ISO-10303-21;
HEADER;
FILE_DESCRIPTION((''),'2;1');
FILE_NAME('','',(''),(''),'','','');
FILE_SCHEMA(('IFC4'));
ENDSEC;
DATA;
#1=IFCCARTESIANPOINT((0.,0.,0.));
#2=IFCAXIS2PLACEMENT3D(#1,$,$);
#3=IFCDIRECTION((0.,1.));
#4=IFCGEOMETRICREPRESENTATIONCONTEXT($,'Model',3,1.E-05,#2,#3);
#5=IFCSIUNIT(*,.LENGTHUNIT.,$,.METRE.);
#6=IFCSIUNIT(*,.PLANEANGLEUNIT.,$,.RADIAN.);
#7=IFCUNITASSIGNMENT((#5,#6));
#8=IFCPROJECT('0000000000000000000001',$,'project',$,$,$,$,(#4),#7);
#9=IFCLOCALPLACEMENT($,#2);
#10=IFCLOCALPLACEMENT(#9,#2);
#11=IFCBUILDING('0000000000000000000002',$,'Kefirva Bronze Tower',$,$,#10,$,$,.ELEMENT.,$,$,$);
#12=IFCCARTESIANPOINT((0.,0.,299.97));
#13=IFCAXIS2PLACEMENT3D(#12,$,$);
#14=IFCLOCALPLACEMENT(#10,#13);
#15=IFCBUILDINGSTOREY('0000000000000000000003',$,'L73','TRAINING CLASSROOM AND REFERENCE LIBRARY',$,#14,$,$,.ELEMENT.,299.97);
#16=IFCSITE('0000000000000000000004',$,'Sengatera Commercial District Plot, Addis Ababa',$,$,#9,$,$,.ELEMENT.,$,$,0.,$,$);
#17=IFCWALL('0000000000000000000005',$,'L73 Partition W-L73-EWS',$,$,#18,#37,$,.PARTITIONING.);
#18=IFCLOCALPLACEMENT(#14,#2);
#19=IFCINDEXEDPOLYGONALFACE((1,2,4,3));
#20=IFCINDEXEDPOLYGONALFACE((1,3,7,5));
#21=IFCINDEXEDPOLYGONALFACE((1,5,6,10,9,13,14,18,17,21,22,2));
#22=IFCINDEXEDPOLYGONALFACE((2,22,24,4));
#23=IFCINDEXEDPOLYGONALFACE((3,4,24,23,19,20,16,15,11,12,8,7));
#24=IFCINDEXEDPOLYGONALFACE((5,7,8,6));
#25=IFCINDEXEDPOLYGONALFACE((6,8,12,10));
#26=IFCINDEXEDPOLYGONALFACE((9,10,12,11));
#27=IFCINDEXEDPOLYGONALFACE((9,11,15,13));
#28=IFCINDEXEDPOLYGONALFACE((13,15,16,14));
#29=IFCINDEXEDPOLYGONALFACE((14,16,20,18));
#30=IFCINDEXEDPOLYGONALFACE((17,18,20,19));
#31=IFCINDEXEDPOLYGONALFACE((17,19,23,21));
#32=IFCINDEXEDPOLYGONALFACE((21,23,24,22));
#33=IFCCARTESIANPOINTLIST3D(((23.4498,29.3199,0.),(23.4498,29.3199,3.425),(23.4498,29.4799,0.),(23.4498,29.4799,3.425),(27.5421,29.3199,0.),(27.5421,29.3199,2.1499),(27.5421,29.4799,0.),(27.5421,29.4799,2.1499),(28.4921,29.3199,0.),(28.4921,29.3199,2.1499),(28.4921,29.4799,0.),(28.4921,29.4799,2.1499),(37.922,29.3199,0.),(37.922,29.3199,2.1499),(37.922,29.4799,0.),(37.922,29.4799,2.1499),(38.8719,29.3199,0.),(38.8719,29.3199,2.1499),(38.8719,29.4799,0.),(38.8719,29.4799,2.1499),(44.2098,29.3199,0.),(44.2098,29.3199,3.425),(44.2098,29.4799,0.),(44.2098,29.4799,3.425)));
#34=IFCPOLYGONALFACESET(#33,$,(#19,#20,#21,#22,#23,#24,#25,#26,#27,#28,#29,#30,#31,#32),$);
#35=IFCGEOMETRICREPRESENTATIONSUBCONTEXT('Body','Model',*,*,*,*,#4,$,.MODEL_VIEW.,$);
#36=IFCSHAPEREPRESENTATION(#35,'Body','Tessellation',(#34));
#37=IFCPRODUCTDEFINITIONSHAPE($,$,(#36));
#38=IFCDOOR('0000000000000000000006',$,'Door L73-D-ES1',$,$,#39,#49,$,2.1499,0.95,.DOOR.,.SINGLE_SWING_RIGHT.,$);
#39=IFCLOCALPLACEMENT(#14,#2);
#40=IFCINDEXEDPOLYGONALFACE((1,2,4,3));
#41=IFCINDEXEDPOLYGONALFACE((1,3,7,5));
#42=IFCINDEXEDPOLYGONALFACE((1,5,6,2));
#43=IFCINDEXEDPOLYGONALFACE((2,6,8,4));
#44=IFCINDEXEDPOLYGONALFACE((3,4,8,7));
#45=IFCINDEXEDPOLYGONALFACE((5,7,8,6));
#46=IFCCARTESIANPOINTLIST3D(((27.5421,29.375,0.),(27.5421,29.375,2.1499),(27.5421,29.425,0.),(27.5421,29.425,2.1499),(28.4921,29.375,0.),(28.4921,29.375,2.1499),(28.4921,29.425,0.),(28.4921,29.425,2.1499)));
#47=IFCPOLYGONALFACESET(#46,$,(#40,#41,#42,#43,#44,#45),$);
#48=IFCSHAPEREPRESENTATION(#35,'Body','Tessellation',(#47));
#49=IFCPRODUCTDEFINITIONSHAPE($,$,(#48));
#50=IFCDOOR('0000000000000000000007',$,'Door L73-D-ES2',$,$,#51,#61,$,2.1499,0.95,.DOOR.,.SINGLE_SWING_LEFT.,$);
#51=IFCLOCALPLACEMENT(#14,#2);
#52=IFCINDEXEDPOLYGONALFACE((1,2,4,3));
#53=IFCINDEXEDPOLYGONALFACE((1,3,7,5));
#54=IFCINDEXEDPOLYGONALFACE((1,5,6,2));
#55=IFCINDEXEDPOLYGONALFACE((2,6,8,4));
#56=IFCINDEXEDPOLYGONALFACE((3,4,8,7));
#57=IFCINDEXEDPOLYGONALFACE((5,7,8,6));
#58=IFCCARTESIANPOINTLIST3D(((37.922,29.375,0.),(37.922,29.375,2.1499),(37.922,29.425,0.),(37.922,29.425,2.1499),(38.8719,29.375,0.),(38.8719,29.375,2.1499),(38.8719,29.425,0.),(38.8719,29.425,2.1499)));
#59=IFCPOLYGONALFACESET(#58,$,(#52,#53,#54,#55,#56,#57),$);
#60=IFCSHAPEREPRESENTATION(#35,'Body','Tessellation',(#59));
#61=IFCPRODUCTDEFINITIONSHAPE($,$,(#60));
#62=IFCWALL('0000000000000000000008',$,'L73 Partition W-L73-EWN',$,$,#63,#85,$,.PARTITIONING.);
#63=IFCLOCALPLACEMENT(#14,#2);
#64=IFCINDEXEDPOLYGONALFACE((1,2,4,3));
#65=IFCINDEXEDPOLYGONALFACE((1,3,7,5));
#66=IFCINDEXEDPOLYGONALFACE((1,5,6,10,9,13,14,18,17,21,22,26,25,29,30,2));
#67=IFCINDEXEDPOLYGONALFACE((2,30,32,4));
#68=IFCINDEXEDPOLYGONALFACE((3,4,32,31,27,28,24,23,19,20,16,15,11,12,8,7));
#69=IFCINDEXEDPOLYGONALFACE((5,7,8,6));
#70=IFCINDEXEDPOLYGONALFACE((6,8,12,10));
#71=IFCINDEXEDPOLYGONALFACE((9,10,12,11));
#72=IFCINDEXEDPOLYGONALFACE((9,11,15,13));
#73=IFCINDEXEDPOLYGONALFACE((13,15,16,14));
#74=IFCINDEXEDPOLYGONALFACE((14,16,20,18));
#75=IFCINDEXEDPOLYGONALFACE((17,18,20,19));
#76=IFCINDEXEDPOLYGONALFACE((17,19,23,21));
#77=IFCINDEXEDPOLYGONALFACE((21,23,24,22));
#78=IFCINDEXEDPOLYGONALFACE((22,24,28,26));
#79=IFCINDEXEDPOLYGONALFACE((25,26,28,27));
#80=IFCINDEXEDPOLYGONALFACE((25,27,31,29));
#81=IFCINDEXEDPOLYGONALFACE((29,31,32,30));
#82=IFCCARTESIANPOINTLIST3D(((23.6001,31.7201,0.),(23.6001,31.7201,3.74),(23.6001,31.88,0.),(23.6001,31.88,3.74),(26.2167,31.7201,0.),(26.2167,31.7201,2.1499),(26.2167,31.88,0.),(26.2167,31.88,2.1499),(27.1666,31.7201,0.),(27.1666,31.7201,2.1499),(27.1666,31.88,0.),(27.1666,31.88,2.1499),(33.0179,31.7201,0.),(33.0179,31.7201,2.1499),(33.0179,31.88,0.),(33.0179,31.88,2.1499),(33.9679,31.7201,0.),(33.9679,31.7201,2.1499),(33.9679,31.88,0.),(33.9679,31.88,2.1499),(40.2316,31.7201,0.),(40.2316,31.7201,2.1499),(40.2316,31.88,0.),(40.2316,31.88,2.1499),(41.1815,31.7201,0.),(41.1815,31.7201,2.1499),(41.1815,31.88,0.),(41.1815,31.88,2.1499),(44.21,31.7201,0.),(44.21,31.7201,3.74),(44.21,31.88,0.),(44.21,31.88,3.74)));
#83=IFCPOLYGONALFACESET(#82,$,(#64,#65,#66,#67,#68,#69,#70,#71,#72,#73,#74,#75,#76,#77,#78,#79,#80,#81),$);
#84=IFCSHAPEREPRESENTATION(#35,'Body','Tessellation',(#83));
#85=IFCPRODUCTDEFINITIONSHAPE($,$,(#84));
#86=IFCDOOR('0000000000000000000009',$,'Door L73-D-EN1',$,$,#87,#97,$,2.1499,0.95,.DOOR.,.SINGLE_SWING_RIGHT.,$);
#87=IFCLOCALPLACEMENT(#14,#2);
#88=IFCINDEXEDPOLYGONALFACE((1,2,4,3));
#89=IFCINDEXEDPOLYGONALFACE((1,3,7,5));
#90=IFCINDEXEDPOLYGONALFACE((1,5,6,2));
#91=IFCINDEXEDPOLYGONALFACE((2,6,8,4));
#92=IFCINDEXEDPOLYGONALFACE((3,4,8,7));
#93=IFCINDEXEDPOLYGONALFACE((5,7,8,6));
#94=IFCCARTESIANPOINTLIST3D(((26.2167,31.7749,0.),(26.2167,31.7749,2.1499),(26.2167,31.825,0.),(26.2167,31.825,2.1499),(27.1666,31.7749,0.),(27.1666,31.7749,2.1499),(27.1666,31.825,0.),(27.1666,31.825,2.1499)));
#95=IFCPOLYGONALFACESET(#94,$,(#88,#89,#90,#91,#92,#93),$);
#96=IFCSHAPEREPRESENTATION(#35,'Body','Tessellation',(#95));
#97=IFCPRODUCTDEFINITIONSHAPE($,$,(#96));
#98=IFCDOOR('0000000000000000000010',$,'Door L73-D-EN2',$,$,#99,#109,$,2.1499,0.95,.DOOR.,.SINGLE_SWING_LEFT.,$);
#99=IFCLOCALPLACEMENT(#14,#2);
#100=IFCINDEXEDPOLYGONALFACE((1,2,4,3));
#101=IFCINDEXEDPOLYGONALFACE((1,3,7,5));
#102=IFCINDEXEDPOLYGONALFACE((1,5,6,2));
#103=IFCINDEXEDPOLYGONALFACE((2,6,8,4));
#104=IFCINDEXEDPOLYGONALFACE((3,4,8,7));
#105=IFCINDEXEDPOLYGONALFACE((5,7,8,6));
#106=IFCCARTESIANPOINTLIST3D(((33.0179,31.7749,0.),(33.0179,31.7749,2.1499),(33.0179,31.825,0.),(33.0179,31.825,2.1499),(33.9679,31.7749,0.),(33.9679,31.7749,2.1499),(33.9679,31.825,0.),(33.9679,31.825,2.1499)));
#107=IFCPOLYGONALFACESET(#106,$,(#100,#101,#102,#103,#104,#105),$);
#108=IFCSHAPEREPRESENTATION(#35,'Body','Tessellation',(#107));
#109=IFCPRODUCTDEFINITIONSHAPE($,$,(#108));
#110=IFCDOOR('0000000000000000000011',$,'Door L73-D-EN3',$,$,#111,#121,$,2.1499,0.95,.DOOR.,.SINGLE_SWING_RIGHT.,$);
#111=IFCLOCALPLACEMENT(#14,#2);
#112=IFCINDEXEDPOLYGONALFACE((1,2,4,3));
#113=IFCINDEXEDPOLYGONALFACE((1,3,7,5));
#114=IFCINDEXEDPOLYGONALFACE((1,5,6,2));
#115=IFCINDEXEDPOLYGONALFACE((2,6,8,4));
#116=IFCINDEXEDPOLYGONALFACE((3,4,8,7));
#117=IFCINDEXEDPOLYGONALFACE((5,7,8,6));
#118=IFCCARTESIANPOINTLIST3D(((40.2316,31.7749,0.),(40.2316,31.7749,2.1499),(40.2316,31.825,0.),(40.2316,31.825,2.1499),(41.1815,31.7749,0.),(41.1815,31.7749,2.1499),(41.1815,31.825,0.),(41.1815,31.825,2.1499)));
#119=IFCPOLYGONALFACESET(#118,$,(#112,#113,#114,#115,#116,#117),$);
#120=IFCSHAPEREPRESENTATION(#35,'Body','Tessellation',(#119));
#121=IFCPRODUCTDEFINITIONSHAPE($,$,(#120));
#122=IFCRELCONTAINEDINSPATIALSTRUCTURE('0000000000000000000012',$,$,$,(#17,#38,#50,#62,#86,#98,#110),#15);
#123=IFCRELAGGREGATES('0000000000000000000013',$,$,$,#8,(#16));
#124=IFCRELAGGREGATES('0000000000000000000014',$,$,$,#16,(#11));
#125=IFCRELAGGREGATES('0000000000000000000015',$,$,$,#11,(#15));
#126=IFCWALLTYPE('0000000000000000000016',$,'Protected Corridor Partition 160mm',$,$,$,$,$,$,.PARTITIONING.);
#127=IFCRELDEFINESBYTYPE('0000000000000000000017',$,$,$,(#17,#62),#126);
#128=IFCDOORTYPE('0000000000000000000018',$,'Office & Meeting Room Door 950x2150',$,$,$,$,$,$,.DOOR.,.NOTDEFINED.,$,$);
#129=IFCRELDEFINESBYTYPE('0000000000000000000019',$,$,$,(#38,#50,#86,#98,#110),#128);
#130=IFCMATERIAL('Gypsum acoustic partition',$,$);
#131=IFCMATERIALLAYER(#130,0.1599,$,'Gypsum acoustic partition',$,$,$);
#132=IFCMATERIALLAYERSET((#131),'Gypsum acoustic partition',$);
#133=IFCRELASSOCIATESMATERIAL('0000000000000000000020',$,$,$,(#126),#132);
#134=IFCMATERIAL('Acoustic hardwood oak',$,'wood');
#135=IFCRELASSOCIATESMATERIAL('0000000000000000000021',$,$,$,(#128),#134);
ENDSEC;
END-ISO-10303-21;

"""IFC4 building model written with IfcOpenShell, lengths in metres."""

from ifc_helpers import new_model, si_unit, direction, frame, frame_2d, origin, place, context, subcontext, project, spatial, rectangle, extrude, material, layer, layer_set, type_object, element, fill, save


model = new_model("IFC4")

# Units and contexts
model_context = context("Model", 3, precision=1e-05, world=origin(), true_north=direction((0.0, 1.0)))
body_context = subcontext(model_context, "Body", "Model", "MODEL_VIEW")
ifc_project = project(units=[si_unit("LENGTHUNIT", "METRE"), si_unit("PLANEANGLEUNIT", "RADIAN")], contexts=[model_context])

# Site, building, storey
site_placement = place(None, origin())
site = spatial("IfcSite", under=ifc_project, at=site_placement, Name="Sengatera Commercial District Plot, Addis Ababa", CompositionType="ELEMENT", RefElevation=0.0)
building_placement = place(site_placement, origin())
building = spatial("IfcBuilding", under=site, at=building_placement, Name="Kefirva Bronze Tower", CompositionType="ELEMENT")
storey_placement = place(building_placement, frame((0.0, 0.0, 299.97)))
storey = spatial("IfcBuildingStorey", under=building, at=storey_placement, Name="L73", Description="TRAINING CLASSROOM AND REFERENCE LIBRARY", CompositionType="ELEMENT", Elevation=299.97)

# Shared definitions
ifc_material_1 = material(Name="Gypsum acoustic partition")

# Walls, openings, doors
ifc_layer_1 = layer(ifc_material_1, 0.1599, Name="Gypsum acoustic partition")
ifc_layer_set_1 = layer_set([ifc_layer_1], Name="Gypsum acoustic partition")
wall_type_1 = type_object("IfcWallType", Name="Protected Corridor Partition 160mm", PredefinedType="PARTITIONING", material=ifc_layer_set_1)
wall_1_placement = place(storey_placement, frame((23.45, 29.3999, 0.0), z_axis=(0.0, 0.0, 1.0), x_axis=(1.0, 0.0, 0.0)))
wall_1 = element("IfcWall", 1, at=wall_1_placement, inside=storey, type_object=wall_type_1, Name="L73 Partition W-L73-EWS", PredefinedType="PARTITIONING", context=body_context, shape_type="SweptSolid", body=[
    extrude(rectangle(XDim=20.76, YDim=0.1599, at=frame_2d((10.3799, 0.0))), origin(), (0.0, 0.0, 1.0), 3.425),
])
opening_1_placement = place(wall_1_placement, frame((5.0422, 0.0, 0.0), z_axis=(0.0, 0.0, 1.0), x_axis=(-1.0, 0.0, 0.0)))
opening_1 = element("IfcOpeningElement", 2, at=opening_1_placement, cuts=wall_1, PredefinedType="OPENING", context=body_context, shape_type="SweptSolid", body=[
    extrude(rectangle(XDim=0.95, YDim=2.1499, at=frame_2d((0.4751, 1.075))), frame((0.0, 0.0898, 0.0), z_axis=(0.0, -1.0, 0.0), x_axis=(1.0, 0.0, 0.0)), (0.0, 0.0, 1.0), 0.1799),
])
opening_2_placement = place(wall_1_placement, frame((15.4221, 0.0, 0.0), z_axis=(0.0, 0.0, 1.0), x_axis=(-1.0, 0.0, 0.0)))
opening_2 = element("IfcOpeningElement", 3, at=opening_2_placement, cuts=wall_1, PredefinedType="OPENING", context=body_context, shape_type="SweptSolid", body=[
    extrude(rectangle(XDim=0.95, YDim=2.1499, at=frame_2d((0.4751, 1.075))), frame((0.0, 0.0898, 0.0), z_axis=(0.0, -1.0, 0.0), x_axis=(1.0, 0.0, 0.0)), (0.0, 0.0, 1.0), 0.1799),
])
ifc_material_2 = material(Name="Acoustic hardwood oak", Category="wood")
door_type = type_object("IfcDoorType", Name="Office & Meeting Room Door 950x2150", OperationType="NOTDEFINED", PredefinedType="DOOR", material=ifc_material_2)
door_1_placement = place(opening_1_placement, origin())
door_1 = element("IfcDoor", 4, at=door_1_placement, inside=storey, type_object=door_type, Name="Door L73-D-ES1", OperationType="SINGLE_SWING_RIGHT", OverallHeight=2.1499, OverallWidth=0.95, PredefinedType="DOOR", context=body_context, shape_type="SweptSolid", body=[
    extrude(rectangle(XDim=0.95, YDim=2.1499, at=frame_2d((0.4751, 1.075))), frame((0.0, 0.0249, 0.0), z_axis=(0.0, -1.0, 0.0), x_axis=(1.0, 0.0, 0.0)), (0.0, 0.0, 1.0), 0.05),
])
fill(opening_1, door_1)
door_2_placement = place(opening_2_placement, origin())
door_2 = element("IfcDoor", 5, at=door_2_placement, inside=storey, type_object=door_type, Name="Door L73-D-ES2", OperationType="SINGLE_SWING_LEFT", OverallHeight=2.1499, OverallWidth=0.95, PredefinedType="DOOR", context=body_context, shape_type="SweptSolid", body=[
    extrude(rectangle(XDim=0.95, YDim=2.1499, at=frame_2d((0.4751, 1.075))), frame((0.0, 0.0249, 0.0), z_axis=(0.0, -1.0, 0.0), x_axis=(1.0, 0.0, 0.0)), (0.0, 0.0, 1.0), 0.05),
])
fill(opening_2, door_2)
wall_2_placement = place(storey_placement, frame((23.6001, 31.8, 0.0), z_axis=(0.0, 0.0, 1.0), x_axis=(1.0, 0.0, 0.0)))
wall_2 = element("IfcWall", 6, at=wall_2_placement, inside=storey, type_object=wall_type_1, Name="L73 Partition W-L73-EWN", PredefinedType="PARTITIONING", context=body_context, shape_type="SweptSolid", body=[
    extrude(rectangle(XDim=20.6099, YDim=0.1599, at=frame_2d((10.3049, 0.0))), origin(), (0.0, 0.0, 1.0), 3.74),
])
opening_3_placement = place(wall_2_placement, frame((2.6165, 0.0, 0.0)))
opening_3 = element("IfcOpeningElement", 7, at=opening_3_placement, cuts=wall_2, PredefinedType="OPENING", context=body_context, shape_type="SweptSolid", body=[
    extrude(rectangle(XDim=0.95, YDim=2.1499, at=frame_2d((0.4751, 1.075))), frame((0.0, 0.0898, 0.0), z_axis=(0.0, -1.0, 0.0), x_axis=(1.0, 0.0, 0.0)), (0.0, 0.0, 1.0), 0.1799),
])
opening_4_placement = place(wall_2_placement, frame((9.4177, 0.0, 0.0)))
opening_4 = element("IfcOpeningElement", 8, at=opening_4_placement, cuts=wall_2, PredefinedType="OPENING", context=body_context, shape_type="SweptSolid", body=[
    extrude(rectangle(XDim=0.95, YDim=2.1499, at=frame_2d((0.4751, 1.075))), frame((0.0, 0.0898, 0.0), z_axis=(0.0, -1.0, 0.0), x_axis=(1.0, 0.0, 0.0)), (0.0, 0.0, 1.0), 0.1799),
])
opening_5_placement = place(wall_2_placement, frame((16.6313, 0.0, 0.0)))
opening_5 = element("IfcOpeningElement", 9, at=opening_5_placement, cuts=wall_2, PredefinedType="OPENING", context=body_context, shape_type="SweptSolid", body=[
    extrude(rectangle(XDim=0.95, YDim=2.1499, at=frame_2d((0.4751, 1.075))), frame((0.0, 0.0898, 0.0), z_axis=(0.0, -1.0, 0.0), x_axis=(1.0, 0.0, 0.0)), (0.0, 0.0, 1.0), 0.1799),
])
door_3_placement = place(opening_3_placement, origin())
door_3 = element("IfcDoor", 10, at=door_3_placement, inside=storey, type_object=door_type, Name="Door L73-D-EN1", OperationType="SINGLE_SWING_RIGHT", OverallHeight=2.1499, OverallWidth=0.95, PredefinedType="DOOR", context=body_context, shape_type="SweptSolid", body=[
    extrude(rectangle(XDim=0.95, YDim=2.1499, at=frame_2d((0.4751, 1.075))), frame((0.0, 0.0249, 0.0), z_axis=(0.0, -1.0, 0.0), x_axis=(1.0, 0.0, 0.0)), (0.0, 0.0, 1.0), 0.05),
])
fill(opening_3, door_3)
door_4_placement = place(opening_4_placement, origin())
door_4 = element("IfcDoor", 11, at=door_4_placement, inside=storey, type_object=door_type, Name="Door L73-D-EN2", OperationType="SINGLE_SWING_LEFT", OverallHeight=2.1499, OverallWidth=0.95, PredefinedType="DOOR", context=body_context, shape_type="SweptSolid", body=[
    extrude(rectangle(XDim=0.95, YDim=2.1499, at=frame_2d((0.4751, 1.075))), frame((0.0, 0.0249, 0.0), z_axis=(0.0, -1.0, 0.0), x_axis=(1.0, 0.0, 0.0)), (0.0, 0.0, 1.0), 0.05),
])
fill(opening_4, door_4)
door_5_placement = place(opening_5_placement, origin())
door_5 = element("IfcDoor", 12, at=door_5_placement, inside=storey, type_object=door_type, Name="Door L73-D-EN3", OperationType="SINGLE_SWING_RIGHT", OverallHeight=2.1499, OverallWidth=0.95, PredefinedType="DOOR", context=body_context, shape_type="SweptSolid", body=[
    extrude(rectangle(XDim=0.95, YDim=2.1499, at=frame_2d((0.4751, 1.075))), frame((0.0, 0.0249, 0.0), z_axis=(0.0, -1.0, 0.0), x_axis=(1.0, 0.0, 0.0)), (0.0, 0.0, 1.0), 0.05),
])
fill(opening_5, door_5)

save(model, "model.ifc")
